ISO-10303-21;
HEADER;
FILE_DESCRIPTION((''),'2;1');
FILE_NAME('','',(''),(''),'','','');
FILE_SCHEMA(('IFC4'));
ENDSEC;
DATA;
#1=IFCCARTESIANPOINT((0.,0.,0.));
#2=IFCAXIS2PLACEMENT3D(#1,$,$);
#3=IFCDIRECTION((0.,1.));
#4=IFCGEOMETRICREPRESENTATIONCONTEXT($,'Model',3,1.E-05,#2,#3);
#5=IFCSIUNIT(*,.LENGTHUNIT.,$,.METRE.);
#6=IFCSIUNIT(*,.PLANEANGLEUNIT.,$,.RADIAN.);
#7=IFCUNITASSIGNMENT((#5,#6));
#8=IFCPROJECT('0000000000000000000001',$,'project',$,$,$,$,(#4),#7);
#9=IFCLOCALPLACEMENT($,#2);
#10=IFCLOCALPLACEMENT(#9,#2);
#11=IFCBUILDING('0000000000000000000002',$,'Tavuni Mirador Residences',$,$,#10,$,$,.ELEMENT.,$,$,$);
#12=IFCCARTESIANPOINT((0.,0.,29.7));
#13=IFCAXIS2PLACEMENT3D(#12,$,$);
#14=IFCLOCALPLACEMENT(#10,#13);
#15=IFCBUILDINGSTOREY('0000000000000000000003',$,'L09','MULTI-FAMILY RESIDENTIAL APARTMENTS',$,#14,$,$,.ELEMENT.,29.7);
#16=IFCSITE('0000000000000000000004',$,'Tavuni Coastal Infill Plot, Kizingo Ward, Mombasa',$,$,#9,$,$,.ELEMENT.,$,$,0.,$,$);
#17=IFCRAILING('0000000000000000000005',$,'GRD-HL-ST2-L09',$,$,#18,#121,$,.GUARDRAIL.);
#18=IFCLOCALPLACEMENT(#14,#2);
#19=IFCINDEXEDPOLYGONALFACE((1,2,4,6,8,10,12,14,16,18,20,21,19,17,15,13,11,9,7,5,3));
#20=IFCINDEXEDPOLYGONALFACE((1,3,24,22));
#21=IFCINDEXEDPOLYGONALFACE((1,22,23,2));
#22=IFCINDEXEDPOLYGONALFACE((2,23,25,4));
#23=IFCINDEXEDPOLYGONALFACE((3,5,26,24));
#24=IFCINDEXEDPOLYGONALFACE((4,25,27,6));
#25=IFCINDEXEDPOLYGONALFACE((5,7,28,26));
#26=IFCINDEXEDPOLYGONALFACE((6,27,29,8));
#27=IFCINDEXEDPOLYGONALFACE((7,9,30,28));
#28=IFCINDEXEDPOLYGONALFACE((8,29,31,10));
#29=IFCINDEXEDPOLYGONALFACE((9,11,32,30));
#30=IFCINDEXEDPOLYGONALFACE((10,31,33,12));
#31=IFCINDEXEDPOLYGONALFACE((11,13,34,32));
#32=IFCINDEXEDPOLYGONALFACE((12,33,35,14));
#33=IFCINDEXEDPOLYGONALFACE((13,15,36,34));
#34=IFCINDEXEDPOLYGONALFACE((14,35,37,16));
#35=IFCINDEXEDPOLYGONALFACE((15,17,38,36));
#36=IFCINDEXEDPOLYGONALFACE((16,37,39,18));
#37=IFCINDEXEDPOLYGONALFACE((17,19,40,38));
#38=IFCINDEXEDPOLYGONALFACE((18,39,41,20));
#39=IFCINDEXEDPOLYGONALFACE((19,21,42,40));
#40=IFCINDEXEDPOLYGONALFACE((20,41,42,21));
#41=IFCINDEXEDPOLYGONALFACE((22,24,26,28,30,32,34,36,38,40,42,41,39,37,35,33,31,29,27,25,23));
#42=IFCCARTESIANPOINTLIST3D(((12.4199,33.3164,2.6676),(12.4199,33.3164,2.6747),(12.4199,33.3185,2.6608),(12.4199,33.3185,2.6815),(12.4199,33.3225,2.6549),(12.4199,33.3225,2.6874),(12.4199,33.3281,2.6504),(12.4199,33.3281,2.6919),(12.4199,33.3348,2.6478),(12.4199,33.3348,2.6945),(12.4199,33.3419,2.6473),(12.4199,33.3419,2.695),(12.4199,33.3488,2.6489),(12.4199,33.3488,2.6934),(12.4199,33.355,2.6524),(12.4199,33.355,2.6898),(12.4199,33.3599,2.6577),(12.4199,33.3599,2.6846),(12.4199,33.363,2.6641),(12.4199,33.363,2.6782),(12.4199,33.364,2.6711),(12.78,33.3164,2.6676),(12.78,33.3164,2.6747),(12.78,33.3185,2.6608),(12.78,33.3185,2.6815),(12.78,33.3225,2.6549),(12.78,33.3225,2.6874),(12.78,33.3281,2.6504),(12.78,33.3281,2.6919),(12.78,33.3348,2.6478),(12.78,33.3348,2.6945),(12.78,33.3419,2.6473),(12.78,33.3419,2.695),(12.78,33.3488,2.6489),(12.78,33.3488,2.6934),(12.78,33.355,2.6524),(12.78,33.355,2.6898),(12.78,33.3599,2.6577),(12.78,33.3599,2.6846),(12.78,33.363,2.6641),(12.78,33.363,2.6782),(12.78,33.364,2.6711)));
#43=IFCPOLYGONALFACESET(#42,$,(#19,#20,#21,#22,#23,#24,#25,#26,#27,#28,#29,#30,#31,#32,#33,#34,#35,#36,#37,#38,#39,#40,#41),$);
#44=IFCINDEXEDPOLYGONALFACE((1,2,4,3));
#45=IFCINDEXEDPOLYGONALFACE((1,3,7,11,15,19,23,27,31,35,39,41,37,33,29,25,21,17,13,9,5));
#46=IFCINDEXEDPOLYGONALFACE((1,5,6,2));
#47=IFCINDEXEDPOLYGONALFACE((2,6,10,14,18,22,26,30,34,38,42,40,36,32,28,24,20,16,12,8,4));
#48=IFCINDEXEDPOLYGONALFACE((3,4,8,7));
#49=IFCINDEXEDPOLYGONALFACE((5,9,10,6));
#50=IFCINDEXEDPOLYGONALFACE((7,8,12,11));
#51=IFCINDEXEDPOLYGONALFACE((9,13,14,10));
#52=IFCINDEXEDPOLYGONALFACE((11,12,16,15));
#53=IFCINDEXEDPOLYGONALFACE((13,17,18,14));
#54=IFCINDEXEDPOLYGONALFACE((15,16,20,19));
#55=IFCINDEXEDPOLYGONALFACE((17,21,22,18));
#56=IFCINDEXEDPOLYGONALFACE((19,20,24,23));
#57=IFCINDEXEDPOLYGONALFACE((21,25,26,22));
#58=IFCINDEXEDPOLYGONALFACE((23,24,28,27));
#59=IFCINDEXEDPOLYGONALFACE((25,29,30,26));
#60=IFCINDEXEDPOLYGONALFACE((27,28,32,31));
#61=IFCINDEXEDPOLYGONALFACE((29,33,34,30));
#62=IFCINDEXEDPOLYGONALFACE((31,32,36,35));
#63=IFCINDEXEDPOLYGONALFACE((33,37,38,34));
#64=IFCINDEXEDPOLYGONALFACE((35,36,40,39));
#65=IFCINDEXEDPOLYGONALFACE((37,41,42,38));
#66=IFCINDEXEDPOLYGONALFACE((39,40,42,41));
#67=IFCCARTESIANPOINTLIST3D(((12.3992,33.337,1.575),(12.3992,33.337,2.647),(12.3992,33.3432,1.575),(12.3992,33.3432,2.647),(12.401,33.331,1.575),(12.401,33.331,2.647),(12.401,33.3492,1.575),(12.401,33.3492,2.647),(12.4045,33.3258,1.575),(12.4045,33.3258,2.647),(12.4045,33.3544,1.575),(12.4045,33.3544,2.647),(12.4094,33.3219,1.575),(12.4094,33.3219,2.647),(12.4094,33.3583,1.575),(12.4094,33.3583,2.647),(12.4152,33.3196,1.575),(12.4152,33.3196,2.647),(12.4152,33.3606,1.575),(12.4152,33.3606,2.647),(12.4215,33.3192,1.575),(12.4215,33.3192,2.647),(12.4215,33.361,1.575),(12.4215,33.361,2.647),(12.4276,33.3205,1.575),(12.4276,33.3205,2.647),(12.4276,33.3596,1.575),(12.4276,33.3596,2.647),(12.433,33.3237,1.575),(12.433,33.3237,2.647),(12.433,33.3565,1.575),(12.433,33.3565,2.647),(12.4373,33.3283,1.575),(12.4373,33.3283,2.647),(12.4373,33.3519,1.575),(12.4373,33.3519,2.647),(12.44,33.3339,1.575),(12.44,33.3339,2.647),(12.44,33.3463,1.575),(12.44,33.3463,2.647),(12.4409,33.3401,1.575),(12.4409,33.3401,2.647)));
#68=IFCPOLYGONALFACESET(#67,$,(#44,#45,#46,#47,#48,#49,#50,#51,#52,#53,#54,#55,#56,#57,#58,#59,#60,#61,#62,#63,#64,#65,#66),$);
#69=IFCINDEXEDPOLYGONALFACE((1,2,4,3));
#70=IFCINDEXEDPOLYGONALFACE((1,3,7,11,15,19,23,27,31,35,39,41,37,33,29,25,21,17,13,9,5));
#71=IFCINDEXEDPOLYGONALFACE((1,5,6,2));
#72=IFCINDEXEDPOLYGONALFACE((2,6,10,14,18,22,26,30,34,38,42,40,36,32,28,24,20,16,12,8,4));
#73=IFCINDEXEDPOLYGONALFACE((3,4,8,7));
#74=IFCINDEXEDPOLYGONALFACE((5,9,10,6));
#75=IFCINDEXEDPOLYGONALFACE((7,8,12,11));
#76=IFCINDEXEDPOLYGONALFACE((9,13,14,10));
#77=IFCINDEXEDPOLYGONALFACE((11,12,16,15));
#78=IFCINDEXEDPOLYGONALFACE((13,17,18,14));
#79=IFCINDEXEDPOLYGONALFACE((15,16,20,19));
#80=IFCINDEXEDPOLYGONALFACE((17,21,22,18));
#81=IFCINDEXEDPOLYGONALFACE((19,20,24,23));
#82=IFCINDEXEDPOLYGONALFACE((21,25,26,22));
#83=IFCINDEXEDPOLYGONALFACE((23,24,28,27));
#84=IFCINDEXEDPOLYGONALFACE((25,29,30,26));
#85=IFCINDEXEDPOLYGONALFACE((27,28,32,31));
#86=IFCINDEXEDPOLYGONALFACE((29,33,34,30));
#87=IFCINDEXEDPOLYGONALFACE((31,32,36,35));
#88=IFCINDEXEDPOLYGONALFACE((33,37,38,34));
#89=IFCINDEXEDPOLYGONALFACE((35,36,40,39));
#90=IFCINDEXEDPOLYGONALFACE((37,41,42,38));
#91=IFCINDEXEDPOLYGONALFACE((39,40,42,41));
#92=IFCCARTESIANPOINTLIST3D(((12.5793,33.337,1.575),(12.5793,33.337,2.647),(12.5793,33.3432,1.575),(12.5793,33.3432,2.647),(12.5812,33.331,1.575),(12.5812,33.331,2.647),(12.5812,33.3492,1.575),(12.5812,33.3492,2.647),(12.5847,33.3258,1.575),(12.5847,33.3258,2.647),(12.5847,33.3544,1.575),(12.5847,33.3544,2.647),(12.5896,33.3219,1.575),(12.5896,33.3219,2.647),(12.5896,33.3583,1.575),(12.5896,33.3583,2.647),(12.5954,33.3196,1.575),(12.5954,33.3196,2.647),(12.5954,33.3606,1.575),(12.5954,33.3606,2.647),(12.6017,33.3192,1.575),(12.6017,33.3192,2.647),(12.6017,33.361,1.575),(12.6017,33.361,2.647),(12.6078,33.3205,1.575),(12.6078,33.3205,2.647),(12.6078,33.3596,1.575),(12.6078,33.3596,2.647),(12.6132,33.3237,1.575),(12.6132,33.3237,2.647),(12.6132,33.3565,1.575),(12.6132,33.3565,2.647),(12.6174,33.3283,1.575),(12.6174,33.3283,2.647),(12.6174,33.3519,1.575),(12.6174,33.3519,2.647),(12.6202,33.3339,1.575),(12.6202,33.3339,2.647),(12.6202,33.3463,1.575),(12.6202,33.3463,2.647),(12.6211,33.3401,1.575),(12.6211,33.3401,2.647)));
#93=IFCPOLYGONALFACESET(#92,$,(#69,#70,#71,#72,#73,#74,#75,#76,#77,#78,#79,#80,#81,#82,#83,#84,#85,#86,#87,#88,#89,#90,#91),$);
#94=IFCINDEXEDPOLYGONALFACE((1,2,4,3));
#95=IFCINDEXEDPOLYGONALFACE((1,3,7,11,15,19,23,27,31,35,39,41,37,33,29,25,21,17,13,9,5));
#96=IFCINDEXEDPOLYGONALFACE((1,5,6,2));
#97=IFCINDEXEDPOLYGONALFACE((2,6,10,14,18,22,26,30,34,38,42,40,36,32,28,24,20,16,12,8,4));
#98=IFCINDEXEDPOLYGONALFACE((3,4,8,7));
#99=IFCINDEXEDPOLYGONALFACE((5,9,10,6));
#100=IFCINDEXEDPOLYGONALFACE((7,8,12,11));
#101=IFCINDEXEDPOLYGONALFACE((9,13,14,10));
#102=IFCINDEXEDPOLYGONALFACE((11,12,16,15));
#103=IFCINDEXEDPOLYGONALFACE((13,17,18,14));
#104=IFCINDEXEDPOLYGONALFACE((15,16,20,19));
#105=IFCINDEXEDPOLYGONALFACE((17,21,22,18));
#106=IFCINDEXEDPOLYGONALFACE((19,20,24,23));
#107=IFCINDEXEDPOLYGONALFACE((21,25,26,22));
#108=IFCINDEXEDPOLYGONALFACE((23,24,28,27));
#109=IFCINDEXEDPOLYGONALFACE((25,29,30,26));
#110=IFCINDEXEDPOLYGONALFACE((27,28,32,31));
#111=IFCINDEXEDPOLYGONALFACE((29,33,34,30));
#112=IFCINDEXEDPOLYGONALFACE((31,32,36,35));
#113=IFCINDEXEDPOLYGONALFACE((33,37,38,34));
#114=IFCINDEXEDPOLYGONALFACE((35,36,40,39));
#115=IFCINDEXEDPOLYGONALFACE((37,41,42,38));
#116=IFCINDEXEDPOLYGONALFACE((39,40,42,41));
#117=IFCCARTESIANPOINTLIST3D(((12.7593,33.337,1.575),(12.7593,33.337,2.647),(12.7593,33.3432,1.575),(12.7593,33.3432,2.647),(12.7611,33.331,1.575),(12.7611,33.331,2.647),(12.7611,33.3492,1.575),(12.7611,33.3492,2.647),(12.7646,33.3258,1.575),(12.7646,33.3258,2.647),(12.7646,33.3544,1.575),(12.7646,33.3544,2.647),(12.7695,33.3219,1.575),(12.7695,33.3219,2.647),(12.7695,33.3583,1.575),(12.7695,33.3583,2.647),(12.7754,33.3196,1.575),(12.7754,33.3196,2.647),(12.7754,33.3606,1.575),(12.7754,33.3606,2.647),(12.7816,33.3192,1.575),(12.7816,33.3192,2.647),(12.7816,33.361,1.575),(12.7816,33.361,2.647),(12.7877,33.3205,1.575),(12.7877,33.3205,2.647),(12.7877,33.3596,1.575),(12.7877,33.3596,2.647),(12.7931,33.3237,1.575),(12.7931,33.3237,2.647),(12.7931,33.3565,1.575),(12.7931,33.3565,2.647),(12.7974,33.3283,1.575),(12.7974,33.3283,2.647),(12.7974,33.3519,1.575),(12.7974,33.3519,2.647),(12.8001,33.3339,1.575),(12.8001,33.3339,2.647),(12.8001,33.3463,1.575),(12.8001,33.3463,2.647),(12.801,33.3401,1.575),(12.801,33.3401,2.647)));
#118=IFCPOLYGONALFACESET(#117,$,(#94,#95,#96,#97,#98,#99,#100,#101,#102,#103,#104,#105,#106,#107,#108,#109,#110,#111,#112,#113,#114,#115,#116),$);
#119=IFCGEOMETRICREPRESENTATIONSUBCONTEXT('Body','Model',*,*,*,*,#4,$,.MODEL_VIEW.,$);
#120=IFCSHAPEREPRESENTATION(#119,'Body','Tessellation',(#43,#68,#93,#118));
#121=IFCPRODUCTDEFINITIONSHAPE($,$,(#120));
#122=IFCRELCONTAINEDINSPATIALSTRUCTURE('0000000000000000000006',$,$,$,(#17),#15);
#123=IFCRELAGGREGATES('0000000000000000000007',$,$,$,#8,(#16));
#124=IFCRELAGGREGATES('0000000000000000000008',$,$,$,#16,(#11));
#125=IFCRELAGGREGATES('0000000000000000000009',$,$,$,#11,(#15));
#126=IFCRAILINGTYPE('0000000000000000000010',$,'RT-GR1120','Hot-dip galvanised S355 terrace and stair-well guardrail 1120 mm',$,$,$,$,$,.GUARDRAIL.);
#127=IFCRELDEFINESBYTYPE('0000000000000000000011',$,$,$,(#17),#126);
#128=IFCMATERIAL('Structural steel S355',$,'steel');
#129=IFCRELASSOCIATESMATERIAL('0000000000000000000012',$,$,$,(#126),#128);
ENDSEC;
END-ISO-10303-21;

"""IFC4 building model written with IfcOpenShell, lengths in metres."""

from ifc_helpers import new_model, si_unit, direction, frame, origin, origin_2d, place, context, subcontext, project, spatial, circle, extrude, material, type_object, element, save


model = new_model("IFC4")

# Units and contexts
model_context = context("Model", 3, precision=1e-05, world=origin(), true_north=direction((0.0, 1.0)))
body_context = subcontext(model_context, "Body", "Model", "MODEL_VIEW")
ifc_project = project(units=[si_unit("LENGTHUNIT", "METRE"), si_unit("PLANEANGLEUNIT", "RADIAN")], contexts=[model_context])

# Site, building, storey
site_placement = place(None, origin())
site = spatial("IfcSite", under=ifc_project, at=site_placement, Name="Tavuni Coastal Infill Plot, Kizingo Ward, Mombasa", CompositionType="ELEMENT", RefElevation=0.0)
building_placement = place(site_placement, origin())
building = spatial("IfcBuilding", under=site, at=building_placement, Name="Tavuni Mirador Residences", CompositionType="ELEMENT")
storey_placement = place(building_placement, frame((0.0, 0.0, 29.7)))
storey = spatial("IfcBuildingStorey", under=building, at=storey_placement, Name="L09", Description="MULTI-FAMILY RESIDENTIAL APARTMENTS", CompositionType="ELEMENT", Elevation=29.7)

# Shared definitions
ifc_material_1 = material(Name="Structural steel S355", Category="steel")

# Railing
railing_type = type_object("IfcRailingType", Name="RT-GR1120", Description="Hot-dip galvanised S355 terrace and stair-well guardrail 1120 mm", PredefinedType="GUARDRAIL", material=ifc_material_1)
railing_placement = place(storey_placement, frame((12.4199, 33.3401, 1.575)))
element("IfcRailing", 1, at=railing_placement, inside=storey, type_object=railing_type, Name="GRD-HL-ST2-L09", PredefinedType="GUARDRAIL", context=body_context, shape_type="SweptSolid", body=[
    extrude(circle(Radius=0.0239, at=origin_2d()), frame((0.0, 0.0, 1.0962), z_axis=(1.0, 0.0, 0.0), x_axis=(0.0, 1.0, 0.0)), (0.0, 0.0, 1.0), 0.3601),
    extrude(circle(Radius=0.021, at=origin_2d()), origin(), (0.0, 0.0, 1.0), 1.072),
    extrude(circle(Radius=0.021, at=origin_2d()), frame((0.1802, 0.0, 0.0)), (0.0, 0.0, 1.0), 1.072),
    extrude(circle(Radius=0.021, at=origin_2d()), frame((0.3601, 0.0, 0.0)), (0.0, 0.0, 1.0), 1.072),
])

save(model, "model.ifc")
